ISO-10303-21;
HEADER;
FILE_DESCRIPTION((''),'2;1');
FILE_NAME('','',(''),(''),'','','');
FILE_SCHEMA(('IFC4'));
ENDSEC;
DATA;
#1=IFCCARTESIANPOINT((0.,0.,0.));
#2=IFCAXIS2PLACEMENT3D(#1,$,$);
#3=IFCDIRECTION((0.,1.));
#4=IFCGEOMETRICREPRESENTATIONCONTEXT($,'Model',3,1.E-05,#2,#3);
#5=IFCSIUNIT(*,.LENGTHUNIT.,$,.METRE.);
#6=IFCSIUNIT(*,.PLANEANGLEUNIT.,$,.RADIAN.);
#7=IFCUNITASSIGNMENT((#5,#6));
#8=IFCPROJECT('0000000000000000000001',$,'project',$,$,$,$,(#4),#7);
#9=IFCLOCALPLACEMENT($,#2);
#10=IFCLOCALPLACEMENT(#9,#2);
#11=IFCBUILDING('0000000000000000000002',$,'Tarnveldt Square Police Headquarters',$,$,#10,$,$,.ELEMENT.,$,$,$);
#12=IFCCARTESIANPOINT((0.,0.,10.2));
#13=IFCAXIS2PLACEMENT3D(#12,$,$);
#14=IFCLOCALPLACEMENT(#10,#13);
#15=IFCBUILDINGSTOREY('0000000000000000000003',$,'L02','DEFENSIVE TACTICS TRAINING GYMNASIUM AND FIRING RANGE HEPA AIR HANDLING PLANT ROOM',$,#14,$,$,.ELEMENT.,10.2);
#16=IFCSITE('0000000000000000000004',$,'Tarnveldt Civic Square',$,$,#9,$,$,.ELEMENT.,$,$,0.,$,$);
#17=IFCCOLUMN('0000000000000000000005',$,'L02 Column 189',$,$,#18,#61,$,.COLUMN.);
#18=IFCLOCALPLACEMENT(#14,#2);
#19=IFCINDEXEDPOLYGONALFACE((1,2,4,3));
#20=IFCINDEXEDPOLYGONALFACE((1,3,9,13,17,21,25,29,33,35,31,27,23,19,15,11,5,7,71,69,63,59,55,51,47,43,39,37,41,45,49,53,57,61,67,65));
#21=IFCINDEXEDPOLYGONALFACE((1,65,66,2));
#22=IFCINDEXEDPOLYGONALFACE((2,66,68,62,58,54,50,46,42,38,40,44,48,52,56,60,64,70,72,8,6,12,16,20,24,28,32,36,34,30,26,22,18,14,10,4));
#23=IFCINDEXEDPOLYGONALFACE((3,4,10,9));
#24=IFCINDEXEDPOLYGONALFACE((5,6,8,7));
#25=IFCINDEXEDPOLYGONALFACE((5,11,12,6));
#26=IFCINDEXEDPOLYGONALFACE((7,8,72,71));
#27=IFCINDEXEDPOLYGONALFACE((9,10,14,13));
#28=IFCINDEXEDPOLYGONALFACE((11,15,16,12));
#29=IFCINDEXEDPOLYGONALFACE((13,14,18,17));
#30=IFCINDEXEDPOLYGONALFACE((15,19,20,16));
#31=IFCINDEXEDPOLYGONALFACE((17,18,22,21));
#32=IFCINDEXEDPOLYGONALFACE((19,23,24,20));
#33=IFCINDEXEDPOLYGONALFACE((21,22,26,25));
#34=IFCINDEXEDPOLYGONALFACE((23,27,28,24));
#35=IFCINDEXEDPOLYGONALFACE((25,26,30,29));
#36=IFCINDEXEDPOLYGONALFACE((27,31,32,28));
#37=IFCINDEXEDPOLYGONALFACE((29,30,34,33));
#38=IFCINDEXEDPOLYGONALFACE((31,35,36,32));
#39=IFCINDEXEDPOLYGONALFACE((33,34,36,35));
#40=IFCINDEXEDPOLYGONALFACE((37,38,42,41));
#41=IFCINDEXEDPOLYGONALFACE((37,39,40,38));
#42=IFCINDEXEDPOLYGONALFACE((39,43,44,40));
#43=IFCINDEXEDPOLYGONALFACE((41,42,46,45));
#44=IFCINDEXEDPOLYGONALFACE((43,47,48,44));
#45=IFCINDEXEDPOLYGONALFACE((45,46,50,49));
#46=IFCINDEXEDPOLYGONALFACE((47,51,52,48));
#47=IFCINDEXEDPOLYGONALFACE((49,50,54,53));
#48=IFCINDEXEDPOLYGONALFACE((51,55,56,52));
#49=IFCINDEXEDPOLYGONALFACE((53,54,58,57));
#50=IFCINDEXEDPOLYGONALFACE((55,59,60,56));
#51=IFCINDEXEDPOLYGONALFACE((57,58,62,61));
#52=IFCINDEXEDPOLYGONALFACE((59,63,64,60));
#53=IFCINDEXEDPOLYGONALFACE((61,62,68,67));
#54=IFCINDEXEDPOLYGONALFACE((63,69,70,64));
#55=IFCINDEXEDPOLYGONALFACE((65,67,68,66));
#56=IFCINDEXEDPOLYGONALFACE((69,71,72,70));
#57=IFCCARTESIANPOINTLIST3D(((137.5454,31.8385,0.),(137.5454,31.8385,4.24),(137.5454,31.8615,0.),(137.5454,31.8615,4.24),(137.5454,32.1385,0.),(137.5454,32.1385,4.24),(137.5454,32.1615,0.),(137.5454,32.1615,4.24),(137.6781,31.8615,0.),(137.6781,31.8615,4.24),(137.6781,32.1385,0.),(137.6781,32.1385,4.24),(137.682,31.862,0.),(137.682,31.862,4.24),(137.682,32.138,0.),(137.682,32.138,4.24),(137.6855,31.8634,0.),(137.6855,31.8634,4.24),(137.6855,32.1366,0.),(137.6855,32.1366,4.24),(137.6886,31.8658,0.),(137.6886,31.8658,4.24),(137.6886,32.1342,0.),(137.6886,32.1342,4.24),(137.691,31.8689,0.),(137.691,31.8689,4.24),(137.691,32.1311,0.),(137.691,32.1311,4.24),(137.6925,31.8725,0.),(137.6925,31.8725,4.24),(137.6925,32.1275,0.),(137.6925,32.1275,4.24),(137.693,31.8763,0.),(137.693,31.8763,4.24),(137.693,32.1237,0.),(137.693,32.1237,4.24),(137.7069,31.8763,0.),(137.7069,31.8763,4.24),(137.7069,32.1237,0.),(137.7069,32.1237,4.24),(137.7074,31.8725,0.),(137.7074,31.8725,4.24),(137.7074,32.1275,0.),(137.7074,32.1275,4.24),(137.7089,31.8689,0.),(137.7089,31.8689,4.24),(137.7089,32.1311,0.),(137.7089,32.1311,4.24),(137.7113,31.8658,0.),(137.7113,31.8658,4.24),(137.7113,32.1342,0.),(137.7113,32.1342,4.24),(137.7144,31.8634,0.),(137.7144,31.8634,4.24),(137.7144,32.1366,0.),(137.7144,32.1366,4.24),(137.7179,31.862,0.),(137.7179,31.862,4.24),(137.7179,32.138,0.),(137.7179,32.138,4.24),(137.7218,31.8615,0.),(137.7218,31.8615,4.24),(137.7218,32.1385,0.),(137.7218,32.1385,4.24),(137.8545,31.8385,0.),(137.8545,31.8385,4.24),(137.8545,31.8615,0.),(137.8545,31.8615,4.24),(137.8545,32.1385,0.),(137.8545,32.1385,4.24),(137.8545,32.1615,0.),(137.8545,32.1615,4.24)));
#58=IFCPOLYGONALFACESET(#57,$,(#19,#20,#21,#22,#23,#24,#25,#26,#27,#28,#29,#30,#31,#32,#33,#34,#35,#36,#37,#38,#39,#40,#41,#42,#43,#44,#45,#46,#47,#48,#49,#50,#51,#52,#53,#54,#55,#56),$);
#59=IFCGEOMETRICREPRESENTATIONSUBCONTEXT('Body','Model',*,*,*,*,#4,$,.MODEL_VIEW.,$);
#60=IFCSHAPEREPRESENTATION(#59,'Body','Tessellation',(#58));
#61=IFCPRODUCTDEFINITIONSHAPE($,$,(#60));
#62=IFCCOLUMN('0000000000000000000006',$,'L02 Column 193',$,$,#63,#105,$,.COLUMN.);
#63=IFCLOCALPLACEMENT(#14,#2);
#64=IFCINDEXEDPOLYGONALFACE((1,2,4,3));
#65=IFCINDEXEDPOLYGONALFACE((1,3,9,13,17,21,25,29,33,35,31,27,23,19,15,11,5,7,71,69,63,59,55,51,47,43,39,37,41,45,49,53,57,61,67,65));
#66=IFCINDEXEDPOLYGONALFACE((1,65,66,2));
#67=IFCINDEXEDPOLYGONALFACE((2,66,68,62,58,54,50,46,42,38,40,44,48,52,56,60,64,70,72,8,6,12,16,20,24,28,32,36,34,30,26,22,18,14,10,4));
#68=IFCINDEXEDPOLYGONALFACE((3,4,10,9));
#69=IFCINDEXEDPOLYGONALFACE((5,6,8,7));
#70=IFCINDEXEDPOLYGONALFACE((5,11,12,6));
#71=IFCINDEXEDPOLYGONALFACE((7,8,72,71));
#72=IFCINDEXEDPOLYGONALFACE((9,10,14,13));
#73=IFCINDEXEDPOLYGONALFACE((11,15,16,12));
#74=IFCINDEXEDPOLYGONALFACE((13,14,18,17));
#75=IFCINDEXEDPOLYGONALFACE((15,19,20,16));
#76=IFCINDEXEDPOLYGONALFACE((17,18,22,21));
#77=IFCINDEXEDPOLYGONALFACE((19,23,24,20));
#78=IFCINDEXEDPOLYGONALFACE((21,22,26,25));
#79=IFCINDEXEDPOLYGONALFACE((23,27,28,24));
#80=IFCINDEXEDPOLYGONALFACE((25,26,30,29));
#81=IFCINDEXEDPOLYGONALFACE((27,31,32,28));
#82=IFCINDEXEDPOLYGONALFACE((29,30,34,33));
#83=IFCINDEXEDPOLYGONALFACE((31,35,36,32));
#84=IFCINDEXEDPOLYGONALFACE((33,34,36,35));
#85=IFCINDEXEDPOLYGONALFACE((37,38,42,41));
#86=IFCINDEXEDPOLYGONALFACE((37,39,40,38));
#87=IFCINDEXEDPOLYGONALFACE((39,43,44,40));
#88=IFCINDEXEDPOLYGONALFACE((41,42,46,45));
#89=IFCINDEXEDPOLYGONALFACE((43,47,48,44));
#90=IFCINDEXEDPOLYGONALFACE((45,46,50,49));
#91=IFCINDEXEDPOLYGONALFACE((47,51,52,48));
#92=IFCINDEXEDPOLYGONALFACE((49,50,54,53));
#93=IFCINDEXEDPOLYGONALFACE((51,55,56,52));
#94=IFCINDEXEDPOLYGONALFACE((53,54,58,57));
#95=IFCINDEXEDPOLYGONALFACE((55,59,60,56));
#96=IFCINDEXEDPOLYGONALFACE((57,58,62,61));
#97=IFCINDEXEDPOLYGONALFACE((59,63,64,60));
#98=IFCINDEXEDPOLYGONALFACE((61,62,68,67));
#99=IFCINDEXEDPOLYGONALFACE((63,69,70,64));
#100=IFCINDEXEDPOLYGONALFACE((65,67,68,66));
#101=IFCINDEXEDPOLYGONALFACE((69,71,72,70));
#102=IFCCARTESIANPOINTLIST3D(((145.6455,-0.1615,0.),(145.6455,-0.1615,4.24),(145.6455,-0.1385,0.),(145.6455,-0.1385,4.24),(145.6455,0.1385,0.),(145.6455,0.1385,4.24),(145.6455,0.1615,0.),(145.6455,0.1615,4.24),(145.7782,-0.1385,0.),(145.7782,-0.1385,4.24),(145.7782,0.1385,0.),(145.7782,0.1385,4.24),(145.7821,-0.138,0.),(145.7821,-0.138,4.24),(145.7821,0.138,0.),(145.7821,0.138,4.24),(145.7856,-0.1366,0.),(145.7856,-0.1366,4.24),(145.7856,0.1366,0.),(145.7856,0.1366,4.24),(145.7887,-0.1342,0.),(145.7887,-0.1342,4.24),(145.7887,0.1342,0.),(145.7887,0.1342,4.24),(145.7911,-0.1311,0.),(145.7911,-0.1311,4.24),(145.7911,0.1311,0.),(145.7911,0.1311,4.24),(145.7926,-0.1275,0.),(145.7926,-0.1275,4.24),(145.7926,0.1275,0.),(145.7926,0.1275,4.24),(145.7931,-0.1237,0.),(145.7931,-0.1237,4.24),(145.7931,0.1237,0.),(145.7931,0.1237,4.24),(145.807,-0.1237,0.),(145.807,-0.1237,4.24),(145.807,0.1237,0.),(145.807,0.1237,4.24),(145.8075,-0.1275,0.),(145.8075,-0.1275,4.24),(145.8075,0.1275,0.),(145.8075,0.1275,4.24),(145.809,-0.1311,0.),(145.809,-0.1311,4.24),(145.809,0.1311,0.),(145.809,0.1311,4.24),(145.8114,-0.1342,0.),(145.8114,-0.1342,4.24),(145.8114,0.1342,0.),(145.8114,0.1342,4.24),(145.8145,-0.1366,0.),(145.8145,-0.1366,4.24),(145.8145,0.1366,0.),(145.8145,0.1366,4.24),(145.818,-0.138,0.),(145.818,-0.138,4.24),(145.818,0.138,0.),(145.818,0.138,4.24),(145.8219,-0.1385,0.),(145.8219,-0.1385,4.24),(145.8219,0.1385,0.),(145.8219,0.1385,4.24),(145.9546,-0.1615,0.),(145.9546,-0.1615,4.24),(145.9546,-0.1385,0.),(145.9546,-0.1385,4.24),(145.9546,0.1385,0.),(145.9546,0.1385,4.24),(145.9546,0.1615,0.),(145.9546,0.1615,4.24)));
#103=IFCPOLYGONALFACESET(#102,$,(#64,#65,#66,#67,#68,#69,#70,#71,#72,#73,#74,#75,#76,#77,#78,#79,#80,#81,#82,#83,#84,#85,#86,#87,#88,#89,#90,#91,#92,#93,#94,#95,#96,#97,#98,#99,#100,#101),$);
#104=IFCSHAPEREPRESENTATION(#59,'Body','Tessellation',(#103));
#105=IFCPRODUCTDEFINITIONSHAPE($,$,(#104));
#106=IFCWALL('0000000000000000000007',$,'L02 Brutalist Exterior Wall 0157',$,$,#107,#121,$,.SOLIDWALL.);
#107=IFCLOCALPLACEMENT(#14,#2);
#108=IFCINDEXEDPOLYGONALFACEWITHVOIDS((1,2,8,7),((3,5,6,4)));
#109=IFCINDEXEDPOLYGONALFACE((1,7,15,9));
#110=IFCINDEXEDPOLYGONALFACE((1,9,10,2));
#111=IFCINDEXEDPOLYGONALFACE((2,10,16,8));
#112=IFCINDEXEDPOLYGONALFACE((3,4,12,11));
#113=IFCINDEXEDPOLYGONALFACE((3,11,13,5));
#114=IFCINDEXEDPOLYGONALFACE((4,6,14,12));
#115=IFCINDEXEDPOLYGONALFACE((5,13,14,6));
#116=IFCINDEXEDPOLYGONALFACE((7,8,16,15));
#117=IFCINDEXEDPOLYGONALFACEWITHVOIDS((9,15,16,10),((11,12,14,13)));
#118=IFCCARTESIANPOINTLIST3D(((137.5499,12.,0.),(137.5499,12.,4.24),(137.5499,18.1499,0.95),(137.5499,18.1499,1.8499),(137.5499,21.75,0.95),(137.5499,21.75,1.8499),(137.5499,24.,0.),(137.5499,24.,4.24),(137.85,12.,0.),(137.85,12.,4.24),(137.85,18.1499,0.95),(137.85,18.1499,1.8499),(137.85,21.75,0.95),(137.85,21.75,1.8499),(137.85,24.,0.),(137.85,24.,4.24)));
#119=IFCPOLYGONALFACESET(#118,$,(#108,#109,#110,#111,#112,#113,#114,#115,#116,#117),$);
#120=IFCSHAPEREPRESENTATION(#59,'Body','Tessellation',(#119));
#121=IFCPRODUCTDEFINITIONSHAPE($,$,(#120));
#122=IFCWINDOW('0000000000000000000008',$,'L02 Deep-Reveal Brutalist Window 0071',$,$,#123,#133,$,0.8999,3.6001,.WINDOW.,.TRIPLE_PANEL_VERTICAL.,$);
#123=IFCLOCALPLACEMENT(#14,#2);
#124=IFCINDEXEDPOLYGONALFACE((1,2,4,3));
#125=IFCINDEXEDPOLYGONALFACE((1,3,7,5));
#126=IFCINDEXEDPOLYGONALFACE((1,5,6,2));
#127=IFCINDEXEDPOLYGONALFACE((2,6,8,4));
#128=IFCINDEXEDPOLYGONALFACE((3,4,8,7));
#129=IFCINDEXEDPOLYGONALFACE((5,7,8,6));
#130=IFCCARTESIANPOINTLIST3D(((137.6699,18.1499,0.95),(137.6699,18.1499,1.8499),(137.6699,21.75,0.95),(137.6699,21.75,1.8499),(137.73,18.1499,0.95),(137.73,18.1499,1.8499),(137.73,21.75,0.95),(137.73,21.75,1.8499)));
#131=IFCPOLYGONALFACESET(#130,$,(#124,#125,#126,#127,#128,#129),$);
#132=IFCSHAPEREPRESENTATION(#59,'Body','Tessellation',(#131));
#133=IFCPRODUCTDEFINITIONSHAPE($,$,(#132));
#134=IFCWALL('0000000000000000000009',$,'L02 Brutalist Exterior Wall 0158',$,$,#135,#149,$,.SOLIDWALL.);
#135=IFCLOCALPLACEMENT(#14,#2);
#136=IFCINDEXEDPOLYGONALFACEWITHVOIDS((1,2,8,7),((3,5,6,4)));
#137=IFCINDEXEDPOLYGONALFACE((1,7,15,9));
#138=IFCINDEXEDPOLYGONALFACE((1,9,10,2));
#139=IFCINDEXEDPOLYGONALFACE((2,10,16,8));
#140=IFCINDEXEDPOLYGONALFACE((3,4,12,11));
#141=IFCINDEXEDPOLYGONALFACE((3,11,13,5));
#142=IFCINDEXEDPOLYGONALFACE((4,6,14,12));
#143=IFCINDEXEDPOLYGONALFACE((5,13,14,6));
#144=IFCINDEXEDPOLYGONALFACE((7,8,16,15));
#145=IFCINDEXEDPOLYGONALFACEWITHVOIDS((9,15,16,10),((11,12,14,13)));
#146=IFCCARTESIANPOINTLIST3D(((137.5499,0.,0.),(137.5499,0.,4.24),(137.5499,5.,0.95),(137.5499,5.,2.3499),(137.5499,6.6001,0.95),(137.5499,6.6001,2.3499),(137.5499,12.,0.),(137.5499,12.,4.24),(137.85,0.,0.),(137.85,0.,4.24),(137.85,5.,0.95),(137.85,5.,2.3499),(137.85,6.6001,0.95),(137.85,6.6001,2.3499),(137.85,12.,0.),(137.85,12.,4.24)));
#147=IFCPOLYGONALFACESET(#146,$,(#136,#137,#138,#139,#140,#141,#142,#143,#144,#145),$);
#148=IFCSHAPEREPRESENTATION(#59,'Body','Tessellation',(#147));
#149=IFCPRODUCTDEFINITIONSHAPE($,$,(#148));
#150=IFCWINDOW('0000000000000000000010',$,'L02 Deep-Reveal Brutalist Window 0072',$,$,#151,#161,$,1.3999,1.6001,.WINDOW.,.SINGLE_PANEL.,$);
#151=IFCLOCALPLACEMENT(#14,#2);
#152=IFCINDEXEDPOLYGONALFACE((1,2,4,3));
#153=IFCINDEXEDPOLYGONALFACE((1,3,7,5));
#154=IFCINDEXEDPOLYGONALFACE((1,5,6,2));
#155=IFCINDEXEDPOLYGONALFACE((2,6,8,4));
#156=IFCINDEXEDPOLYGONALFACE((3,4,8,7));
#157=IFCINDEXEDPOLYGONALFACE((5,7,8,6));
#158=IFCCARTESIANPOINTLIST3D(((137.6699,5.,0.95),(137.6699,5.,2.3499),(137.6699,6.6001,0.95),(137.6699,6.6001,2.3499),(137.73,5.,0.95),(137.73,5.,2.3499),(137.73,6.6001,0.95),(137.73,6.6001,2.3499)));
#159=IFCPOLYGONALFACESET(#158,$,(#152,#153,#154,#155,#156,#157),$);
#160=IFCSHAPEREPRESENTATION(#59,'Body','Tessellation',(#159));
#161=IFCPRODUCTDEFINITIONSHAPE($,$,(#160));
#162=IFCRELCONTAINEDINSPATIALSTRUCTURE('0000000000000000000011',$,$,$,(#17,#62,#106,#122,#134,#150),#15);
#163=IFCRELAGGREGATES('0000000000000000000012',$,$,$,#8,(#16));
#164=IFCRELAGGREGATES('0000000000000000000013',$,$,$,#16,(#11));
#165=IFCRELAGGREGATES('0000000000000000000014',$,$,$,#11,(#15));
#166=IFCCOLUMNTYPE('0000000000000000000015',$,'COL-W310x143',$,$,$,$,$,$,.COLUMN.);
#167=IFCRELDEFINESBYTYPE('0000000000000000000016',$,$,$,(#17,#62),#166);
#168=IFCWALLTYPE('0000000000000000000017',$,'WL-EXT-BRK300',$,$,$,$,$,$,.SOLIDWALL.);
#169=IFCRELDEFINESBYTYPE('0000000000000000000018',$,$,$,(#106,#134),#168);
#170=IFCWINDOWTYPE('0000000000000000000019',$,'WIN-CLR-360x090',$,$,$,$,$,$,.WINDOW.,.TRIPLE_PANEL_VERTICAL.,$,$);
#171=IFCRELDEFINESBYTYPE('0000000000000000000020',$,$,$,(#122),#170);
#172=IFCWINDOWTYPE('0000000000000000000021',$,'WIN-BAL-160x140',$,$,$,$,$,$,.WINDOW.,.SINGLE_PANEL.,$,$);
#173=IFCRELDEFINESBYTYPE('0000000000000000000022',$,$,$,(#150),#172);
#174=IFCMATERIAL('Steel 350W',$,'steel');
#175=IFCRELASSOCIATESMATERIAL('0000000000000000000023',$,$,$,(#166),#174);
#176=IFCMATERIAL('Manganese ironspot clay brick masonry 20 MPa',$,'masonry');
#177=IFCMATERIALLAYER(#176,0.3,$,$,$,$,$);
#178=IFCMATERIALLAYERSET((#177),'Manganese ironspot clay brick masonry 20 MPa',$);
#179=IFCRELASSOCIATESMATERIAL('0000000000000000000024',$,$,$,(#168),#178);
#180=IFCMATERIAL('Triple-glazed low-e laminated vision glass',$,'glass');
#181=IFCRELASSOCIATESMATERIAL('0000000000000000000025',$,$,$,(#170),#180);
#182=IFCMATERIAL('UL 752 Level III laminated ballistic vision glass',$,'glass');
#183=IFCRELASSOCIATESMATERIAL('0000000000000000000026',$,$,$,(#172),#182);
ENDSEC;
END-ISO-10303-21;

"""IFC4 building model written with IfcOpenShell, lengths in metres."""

from ifc_helpers import new_model, si_unit, direction, frame, frame_2d, origin, origin_2d, place, context, subcontext, project, spatial, rectangle, i_section, extrude, material, layer, layer_set, material_profile, profile_set, type_object, element, fill, save


model = new_model("IFC4")

# Units and contexts
model_context = context("Model", 3, precision=1e-05, world=origin(), true_north=direction((0.0, 1.0)))
body_context = subcontext(model_context, "Body", "Model", "MODEL_VIEW")
ifc_project = project(units=[si_unit("LENGTHUNIT", "METRE"), si_unit("PLANEANGLEUNIT", "RADIAN")], contexts=[model_context])

# Site, building, storey
site_placement = place(None, origin())
site = spatial("IfcSite", under=ifc_project, at=site_placement, Name="Tarnveldt Civic Square", CompositionType="ELEMENT", RefElevation=0.0)
building_placement = place(site_placement, origin())
building = spatial("IfcBuilding", under=site, at=building_placement, Name="Tarnveldt Square Police Headquarters", CompositionType="ELEMENT")
storey_placement = place(building_placement, frame((0.0, 0.0, 10.2)))
storey = spatial("IfcBuildingStorey", under=building, at=storey_placement, Name="L02", Description="DEFENSIVE TACTICS TRAINING GYMNASIUM AND FIRING RANGE HEPA AIR HANDLING PLANT ROOM", CompositionType="ELEMENT", Elevation=10.2)

# Columns
ifc_material_1 = material(Name="Steel 350W", Category="steel")
ifc_material_profile_1 = material_profile(ifc_material_1, i_section(OverallWidth=0.3091, OverallDepth=0.323, WebThickness=0.0139, FlangeThickness=0.0229, FilletRadius=0.0149, at=origin_2d()), Name="W310x143")
ifc_profile_set_1 = profile_set([ifc_material_profile_1], Name="Steel 350W")
column_type = type_object("IfcColumnType", Name="COL-W310x143", PredefinedType="COLUMN", material=ifc_profile_set_1)
for number, where, z_axis, x_axis, name in (
    (1, (137.7, 32.0, 0.0), (0.0, 0.0, 1.0), (1.0, 0.0, 0.0), "L02 Column 189"),
    (2, (145.8, 0.0, 0.0), (0.0, 0.0, 1.0), (1.0, 0.0, 0.0), "L02 Column 193"),
):
    element("IfcColumn", number, at=place(storey_placement, frame(where, z_axis=z_axis, x_axis=x_axis)), inside=storey, type_object=column_type, Name=name, PredefinedType="COLUMN", context=body_context, shape_type="SweptSolid", body=[
        extrude(i_section(OverallWidth=0.3091, OverallDepth=0.323, WebThickness=0.0139, FlangeThickness=0.0229, FilletRadius=0.0149, at=origin_2d()), origin(), (0.0, 0.0, 1.0), 4.24),
    ])

# Walls, openings, windows
ifc_material_2 = material(Name="Manganese ironspot clay brick masonry 20 MPa", Category="masonry")
ifc_layer_1 = layer(ifc_material_2, 0.3)
ifc_layer_set_1 = layer_set([ifc_layer_1], Name="Manganese ironspot clay brick masonry 20 MPa")
wall_type_1 = type_object("IfcWallType", Name="WL-EXT-BRK300", PredefinedType="SOLIDWALL", material=ifc_layer_set_1)
wall_1_placement = place(storey_placement, frame((137.7, 24.0, 0.0), z_axis=(0.0, 0.0, 1.0), x_axis=(0.0, -1.0, 0.0)))
wall_1 = element("IfcWall", 3, at=wall_1_placement, inside=storey, type_object=wall_type_1, Name="L02 Brutalist Exterior Wall 0157", PredefinedType="SOLIDWALL", context=body_context, shape_type="SweptSolid", body=[
    extrude(rectangle(XDim=12.0, YDim=0.3, at=frame_2d((6.0, 0.0))), origin(), (0.0, 0.0, 1.0), 4.24),
])
opening_1_placement = place(wall_1_placement, frame((2.25, 0.0, 0.95)))
opening_1 = element("IfcOpeningElement", 4, at=opening_1_placement, cuts=wall_1, PredefinedType="OPENING", context=body_context, shape_type="SweptSolid", body=[
    extrude(rectangle(XDim=3.6001, YDim=0.8999, at=frame_2d((1.8, 0.45))), frame((0.0, 0.1599, 0.0), z_axis=(0.0, -1.0, 0.0), x_axis=(1.0, 0.0, 0.0)), (0.0, 0.0, 1.0), 0.3201),
])
ifc_material_3 = material(Name="Triple-glazed low-e laminated vision glass", Category="glass")
window_type_1 = type_object("IfcWindowType", Name="WIN-CLR-360x090", PartitioningType="TRIPLE_PANEL_VERTICAL", PredefinedType="WINDOW", material=ifc_material_3)
window_1_placement = place(opening_1_placement, origin())
window_1 = element("IfcWindow", 5, at=window_1_placement, inside=storey, type_object=window_type_1, Name="L02 Deep-Reveal Brutalist Window 0071", OverallHeight=0.8999, OverallWidth=3.6001, PartitioningType="TRIPLE_PANEL_VERTICAL", PredefinedType="WINDOW", context=body_context, shape_type="SweptSolid", body=[
    extrude(rectangle(XDim=3.6001, YDim=0.8999, at=frame_2d((1.8, 0.45))), frame((0.0, 0.03, 0.0), z_axis=(0.0, -1.0, 0.0), x_axis=(1.0, 0.0, 0.0)), (0.0, 0.0, 1.0), 0.0601),
])
fill(opening_1, window_1)
wall_2_placement = place(storey_placement, frame((137.7, 12.0, 0.0), z_axis=(0.0, 0.0, 1.0), x_axis=(0.0, -1.0, 0.0)))
wall_2 = element("IfcWall", 6, at=wall_2_placement, inside=storey, type_object=wall_type_1, Name="L02 Brutalist Exterior Wall 0158", PredefinedType="SOLIDWALL", context=body_context, shape_type="SweptSolid", body=[
    extrude(rectangle(XDim=12.0, YDim=0.3, at=frame_2d((6.0, 0.0))), origin(), (0.0, 0.0, 1.0), 4.24),
])
opening_2_placement = place(wall_2_placement, frame((5.3999, 0.0, 0.95)))
opening_2 = element("IfcOpeningElement", 7, at=opening_2_placement, cuts=wall_2, PredefinedType="OPENING", context=body_context, shape_type="SweptSolid", body=[
    extrude(rectangle(XDim=1.6001, YDim=1.3999, at=frame_2d((0.8, 0.7))), frame((0.0, 0.1599, 0.0), z_axis=(0.0, -1.0, 0.0), x_axis=(1.0, 0.0, 0.0)), (0.0, 0.0, 1.0), 0.3201),
])
ifc_material_4 = material(Name="UL 752 Level III laminated ballistic vision glass", Category="glass")
window_type_2 = type_object("IfcWindowType", Name="WIN-BAL-160x140", PartitioningType="SINGLE_PANEL", PredefinedType="WINDOW", material=ifc_material_4)
window_2_placement = place(opening_2_placement, origin())
window_2 = element("IfcWindow", 8, at=window_2_placement, inside=storey, type_object=window_type_2, Name="L02 Deep-Reveal Brutalist Window 0072", OverallHeight=1.3999, OverallWidth=1.6001, PartitioningType="SINGLE_PANEL", PredefinedType="WINDOW", context=body_context, shape_type="SweptSolid", body=[
    extrude(rectangle(XDim=1.6001, YDim=1.3999, at=frame_2d((0.8, 0.7))), frame((0.0, 0.03, 0.0), z_axis=(0.0, -1.0, 0.0), x_axis=(1.0, 0.0, 0.0)), (0.0, 0.0, 1.0), 0.0601),
])
fill(opening_2, window_2)

save(model, "model.ifc")
